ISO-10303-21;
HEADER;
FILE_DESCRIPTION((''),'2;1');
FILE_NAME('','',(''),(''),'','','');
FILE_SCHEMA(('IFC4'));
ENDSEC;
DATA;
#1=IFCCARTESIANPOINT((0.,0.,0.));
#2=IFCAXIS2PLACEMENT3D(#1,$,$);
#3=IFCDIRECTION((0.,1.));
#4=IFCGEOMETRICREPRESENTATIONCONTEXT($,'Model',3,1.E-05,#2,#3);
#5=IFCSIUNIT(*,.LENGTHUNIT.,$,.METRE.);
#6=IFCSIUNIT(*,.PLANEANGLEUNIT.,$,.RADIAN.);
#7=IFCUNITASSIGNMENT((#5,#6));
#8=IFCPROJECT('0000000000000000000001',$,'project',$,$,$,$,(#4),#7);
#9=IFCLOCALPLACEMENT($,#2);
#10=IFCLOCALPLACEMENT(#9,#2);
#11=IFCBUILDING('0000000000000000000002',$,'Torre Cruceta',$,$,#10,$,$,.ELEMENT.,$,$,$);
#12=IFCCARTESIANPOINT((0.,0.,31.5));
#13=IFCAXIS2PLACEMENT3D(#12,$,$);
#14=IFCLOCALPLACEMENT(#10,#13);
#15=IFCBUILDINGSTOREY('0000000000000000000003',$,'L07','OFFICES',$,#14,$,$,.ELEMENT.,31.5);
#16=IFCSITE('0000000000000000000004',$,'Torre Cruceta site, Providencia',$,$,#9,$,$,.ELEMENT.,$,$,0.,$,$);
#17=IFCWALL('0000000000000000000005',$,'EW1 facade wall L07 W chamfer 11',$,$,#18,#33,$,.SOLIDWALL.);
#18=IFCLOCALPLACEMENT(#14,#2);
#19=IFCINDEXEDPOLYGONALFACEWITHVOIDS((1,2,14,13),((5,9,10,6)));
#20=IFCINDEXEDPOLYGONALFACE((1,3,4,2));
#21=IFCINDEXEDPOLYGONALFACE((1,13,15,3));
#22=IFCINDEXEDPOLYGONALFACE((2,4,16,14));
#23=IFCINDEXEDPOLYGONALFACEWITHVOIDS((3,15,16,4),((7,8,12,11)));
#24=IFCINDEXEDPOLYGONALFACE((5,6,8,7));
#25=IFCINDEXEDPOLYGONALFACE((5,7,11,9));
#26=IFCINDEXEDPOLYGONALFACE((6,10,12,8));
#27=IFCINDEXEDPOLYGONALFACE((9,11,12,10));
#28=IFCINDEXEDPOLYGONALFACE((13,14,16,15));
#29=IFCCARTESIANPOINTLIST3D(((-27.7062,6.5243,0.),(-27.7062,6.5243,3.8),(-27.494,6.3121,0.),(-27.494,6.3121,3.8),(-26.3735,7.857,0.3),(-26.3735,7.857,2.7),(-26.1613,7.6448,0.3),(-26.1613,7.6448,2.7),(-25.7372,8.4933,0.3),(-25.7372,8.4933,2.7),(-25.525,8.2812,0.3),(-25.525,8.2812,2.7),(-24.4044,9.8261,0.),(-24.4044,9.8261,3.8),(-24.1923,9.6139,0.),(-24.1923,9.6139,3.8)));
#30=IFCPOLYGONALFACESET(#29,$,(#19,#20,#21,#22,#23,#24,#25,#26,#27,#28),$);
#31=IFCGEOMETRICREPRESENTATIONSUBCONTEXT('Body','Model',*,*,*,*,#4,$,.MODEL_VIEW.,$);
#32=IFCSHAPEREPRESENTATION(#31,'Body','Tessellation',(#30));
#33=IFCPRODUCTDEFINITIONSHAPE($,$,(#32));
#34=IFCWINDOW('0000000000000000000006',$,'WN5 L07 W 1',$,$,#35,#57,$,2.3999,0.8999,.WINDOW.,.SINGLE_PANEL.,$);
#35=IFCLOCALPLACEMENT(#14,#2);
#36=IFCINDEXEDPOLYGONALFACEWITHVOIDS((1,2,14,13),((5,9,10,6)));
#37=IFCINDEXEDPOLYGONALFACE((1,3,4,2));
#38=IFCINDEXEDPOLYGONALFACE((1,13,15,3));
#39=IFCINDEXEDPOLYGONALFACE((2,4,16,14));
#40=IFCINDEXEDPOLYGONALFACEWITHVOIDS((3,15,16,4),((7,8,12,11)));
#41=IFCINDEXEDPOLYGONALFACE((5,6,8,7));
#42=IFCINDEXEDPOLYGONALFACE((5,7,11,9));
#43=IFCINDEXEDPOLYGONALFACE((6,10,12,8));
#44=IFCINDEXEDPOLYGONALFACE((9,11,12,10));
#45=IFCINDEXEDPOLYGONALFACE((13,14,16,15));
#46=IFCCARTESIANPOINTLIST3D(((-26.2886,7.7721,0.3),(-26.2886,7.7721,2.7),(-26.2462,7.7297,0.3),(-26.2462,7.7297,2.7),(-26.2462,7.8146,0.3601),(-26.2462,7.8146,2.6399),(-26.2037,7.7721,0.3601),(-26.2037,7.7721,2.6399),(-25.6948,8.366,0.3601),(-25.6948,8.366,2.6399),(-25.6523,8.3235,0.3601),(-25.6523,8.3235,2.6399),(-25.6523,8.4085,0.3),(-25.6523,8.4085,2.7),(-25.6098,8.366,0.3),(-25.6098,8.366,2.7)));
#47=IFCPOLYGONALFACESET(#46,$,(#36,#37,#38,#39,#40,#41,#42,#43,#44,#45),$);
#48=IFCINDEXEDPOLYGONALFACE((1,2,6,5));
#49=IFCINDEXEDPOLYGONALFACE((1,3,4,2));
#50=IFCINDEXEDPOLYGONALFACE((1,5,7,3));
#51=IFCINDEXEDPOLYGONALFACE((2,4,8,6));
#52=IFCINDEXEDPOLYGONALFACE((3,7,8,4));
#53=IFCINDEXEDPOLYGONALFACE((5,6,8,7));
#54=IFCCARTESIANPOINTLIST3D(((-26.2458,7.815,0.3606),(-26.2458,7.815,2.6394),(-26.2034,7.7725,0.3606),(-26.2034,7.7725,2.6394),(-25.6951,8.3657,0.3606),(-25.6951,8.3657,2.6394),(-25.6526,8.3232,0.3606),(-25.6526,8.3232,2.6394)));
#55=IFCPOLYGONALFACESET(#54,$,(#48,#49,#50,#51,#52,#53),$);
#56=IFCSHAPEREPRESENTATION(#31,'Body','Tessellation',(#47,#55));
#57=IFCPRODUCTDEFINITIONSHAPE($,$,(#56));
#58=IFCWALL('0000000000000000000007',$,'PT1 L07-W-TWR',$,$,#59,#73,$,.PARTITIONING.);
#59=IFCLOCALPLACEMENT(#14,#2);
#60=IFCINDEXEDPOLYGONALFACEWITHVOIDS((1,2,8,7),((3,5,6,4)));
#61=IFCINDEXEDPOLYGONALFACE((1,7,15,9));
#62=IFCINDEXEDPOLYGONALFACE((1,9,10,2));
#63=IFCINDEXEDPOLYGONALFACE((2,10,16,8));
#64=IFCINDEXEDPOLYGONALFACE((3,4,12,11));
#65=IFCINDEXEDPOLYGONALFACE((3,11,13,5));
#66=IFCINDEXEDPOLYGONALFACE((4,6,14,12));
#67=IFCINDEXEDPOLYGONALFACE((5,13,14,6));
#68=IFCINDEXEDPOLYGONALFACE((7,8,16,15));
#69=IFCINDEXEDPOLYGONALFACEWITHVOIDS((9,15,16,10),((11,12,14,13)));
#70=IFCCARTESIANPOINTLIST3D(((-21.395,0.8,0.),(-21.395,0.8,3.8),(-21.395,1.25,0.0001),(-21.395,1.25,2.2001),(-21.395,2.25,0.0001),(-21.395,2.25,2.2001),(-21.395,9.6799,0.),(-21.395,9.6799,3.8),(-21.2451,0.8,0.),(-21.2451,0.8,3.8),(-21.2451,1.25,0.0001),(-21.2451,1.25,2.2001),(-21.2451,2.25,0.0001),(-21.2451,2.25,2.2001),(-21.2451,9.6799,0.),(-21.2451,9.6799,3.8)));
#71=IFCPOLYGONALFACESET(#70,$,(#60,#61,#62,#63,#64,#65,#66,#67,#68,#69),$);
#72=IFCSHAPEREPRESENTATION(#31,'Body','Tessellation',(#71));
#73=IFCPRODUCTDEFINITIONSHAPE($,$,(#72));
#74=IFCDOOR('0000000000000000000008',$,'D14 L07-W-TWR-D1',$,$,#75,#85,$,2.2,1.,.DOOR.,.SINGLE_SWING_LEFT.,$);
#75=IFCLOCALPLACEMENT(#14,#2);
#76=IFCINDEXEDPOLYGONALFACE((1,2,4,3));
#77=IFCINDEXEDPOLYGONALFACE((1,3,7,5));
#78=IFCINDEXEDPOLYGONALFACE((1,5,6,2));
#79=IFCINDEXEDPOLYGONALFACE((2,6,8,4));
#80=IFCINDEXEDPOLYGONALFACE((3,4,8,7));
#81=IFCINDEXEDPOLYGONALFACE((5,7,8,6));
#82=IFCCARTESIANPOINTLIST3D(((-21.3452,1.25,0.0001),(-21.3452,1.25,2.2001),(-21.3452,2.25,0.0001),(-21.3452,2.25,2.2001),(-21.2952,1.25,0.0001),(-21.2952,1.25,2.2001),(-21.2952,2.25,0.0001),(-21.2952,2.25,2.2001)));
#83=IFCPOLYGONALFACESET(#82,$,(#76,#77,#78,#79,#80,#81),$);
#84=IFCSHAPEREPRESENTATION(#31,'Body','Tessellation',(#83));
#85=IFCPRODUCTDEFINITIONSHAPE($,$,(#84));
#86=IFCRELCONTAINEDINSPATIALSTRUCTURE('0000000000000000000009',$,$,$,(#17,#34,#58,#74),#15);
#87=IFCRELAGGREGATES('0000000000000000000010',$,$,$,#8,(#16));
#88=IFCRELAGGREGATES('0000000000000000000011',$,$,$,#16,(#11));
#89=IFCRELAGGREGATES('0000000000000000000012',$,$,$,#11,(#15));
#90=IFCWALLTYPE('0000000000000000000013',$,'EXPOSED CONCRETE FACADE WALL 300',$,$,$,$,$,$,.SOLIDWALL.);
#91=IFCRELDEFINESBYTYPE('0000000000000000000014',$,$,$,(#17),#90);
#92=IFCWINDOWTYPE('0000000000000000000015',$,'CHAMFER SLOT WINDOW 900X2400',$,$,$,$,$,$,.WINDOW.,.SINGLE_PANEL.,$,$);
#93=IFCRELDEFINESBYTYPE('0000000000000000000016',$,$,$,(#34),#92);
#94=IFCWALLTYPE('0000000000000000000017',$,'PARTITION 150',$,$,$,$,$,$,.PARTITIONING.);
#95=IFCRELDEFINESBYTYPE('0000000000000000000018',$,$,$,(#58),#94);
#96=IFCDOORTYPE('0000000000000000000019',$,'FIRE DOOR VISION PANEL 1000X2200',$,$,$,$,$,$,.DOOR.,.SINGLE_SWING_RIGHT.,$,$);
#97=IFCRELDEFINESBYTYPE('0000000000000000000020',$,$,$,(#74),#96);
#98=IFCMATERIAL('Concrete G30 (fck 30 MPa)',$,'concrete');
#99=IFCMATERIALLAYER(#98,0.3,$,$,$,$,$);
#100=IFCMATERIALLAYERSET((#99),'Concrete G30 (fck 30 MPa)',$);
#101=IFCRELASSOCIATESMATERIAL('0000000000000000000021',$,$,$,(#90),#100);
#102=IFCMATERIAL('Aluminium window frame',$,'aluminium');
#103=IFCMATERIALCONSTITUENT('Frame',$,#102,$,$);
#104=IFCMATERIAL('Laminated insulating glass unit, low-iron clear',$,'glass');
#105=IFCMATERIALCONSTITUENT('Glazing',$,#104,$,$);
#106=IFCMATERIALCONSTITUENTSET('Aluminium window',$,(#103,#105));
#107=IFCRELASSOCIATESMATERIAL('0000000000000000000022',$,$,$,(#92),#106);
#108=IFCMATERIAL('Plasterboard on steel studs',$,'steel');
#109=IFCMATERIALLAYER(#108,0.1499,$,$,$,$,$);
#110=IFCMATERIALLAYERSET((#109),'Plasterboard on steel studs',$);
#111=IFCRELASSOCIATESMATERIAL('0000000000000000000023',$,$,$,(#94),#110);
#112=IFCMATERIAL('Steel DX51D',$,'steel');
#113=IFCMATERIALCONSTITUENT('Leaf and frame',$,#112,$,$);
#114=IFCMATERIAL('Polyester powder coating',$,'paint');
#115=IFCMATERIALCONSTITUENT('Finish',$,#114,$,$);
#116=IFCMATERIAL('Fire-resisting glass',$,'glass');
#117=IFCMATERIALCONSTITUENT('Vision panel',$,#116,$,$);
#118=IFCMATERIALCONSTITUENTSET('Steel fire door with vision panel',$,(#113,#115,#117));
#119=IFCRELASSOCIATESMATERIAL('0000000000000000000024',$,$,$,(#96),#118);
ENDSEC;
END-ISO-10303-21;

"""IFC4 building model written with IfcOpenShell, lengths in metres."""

from ifc_helpers import new_model, si_unit, direction, frame, frame_2d, origin, place, context, subcontext, project, spatial, rectangle, hollow_rectangle, extrude, material, layer, layer_set, constituent, constituent_set, type_object, element, fill, save


model = new_model("IFC4")

# Units and contexts
model_context = context("Model", 3, precision=1e-05, world=origin(), true_north=direction((0.0, 1.0)))
body_context = subcontext(model_context, "Body", "Model", "MODEL_VIEW")
ifc_project = project(units=[si_unit("LENGTHUNIT", "METRE"), si_unit("PLANEANGLEUNIT", "RADIAN")], contexts=[model_context])

# Site, building, storey
site_placement = place(None, origin())
site = spatial("IfcSite", under=ifc_project, at=site_placement, Name="Torre Cruceta site, Providencia", CompositionType="ELEMENT", RefElevation=0.0)
building_placement = place(site_placement, origin())
building = spatial("IfcBuilding", under=site, at=building_placement, Name="Torre Cruceta", CompositionType="ELEMENT")
storey_placement = place(building_placement, frame((0.0, 0.0, 31.5)))
storey = spatial("IfcBuildingStorey", under=building, at=storey_placement, Name="L07", Description="OFFICES", CompositionType="ELEMENT", Elevation=31.5)

# Wall, opening, window
ifc_material_1 = material(Name="Concrete G30 (fck 30 MPa)", Category="concrete")
ifc_layer_1 = layer(ifc_material_1, 0.3)
ifc_layer_set_1 = layer_set([ifc_layer_1], Name="Concrete G30 (fck 30 MPa)")
wall_type_1 = type_object("IfcWallType", Name="EXPOSED CONCRETE FACADE WALL 300", PredefinedType="SOLIDWALL", material=ifc_layer_set_1)
wall_1_placement = place(storey_placement, frame((-24.2983, 9.72, 0.0), z_axis=(0.0, 0.0, 1.0), x_axis=(-0.707107, -0.707107, 0.0)))
wall_1 = element("IfcWall", 1, at=wall_1_placement, inside=storey, type_object=wall_type_1, Name="EW1 facade wall L07 W chamfer 11", PredefinedType="SOLIDWALL", context=body_context, shape_type="SweptSolid", body=[
    extrude(rectangle(XDim=4.6694, YDim=0.3, at=frame_2d((2.3347, 0.0))), origin(), (0.0, 0.0, 1.0), 3.8),
])
opening_1_placement = place(wall_1_placement, frame((1.8848, 0.0, 0.3)))
opening_1 = element("IfcOpeningElement", 2, at=opening_1_placement, cuts=wall_1, PredefinedType="OPENING", context=body_context, shape_type="SweptSolid", body=[
    extrude(rectangle(XDim=0.8999, YDim=2.3999, at=frame_2d((0.45, 1.2))), frame((0.0, 0.1599, 0.0), z_axis=(0.0, -1.0, 0.0), x_axis=(1.0, 0.0, 0.0)), (0.0, 0.0, 1.0), 0.3201),
])
ifc_material_2 = material(Name="Aluminium window frame", Category="aluminium")
ifc_constituent_1 = constituent(ifc_material_2, Name="Frame")
ifc_material_3 = material(Name="Laminated insulating glass unit, low-iron clear", Category="glass")
ifc_constituent_2 = constituent(ifc_material_3, Name="Glazing")
ifc_constituent_set_1 = constituent_set(constituents=[ifc_constituent_1, ifc_constituent_2], Name="Aluminium window")
window_type = type_object("IfcWindowType", Name="CHAMFER SLOT WINDOW 900X2400", PartitioningType="SINGLE_PANEL", PredefinedType="WINDOW", material=ifc_constituent_set_1)
window_placement = place(opening_1_placement, origin())
window = element("IfcWindow", 3, at=window_placement, inside=storey, type_object=window_type, Name="WN5 L07 W 1", OverallHeight=2.3999, OverallWidth=0.8999, PartitioningType="SINGLE_PANEL", PredefinedType="WINDOW", context=body_context, shape_type="SweptSolid", body=[
    extrude(hollow_rectangle(XDim=0.8999, YDim=2.3999, WallThickness=0.0601, at=frame_2d((0.45, 1.2))), frame((0.0, 0.03, 0.0), z_axis=(0.0, -1.0, 0.0), x_axis=(1.0, 0.0, 0.0)), (0.0, 0.0, 1.0), 0.0601),
    extrude(rectangle(XDim=0.7788, YDim=2.2788, at=frame_2d((0.45, 1.2))), frame((0.0, 0.03, 0.0), z_axis=(0.0, -1.0, 0.0), x_axis=(1.0, 0.0, 0.0)), (0.0, 0.0, 1.0), 0.0601),
])
fill(opening_1, window)

# Wall, opening, door
ifc_material_4 = material(Name="Plasterboard on steel studs", Category="steel")
ifc_layer_2 = layer(ifc_material_4, 0.1499)
ifc_layer_set_2 = layer_set([ifc_layer_2], Name="Plasterboard on steel studs")
wall_type_2 = type_object("IfcWallType", Name="PARTITION 150", PredefinedType="PARTITIONING", material=ifc_layer_set_2)
wall_2_placement = place(storey_placement, frame((-21.3201, 9.6799, 0.0), z_axis=(0.0, 0.0, 1.0), x_axis=(0.0, -1.0, 0.0)))
wall_2 = element("IfcWall", 4, at=wall_2_placement, inside=storey, type_object=wall_type_2, Name="PT1 L07-W-TWR", PredefinedType="PARTITIONING", context=body_context, shape_type="SweptSolid", body=[
    extrude(rectangle(XDim=8.8799, YDim=0.1499, at=frame_2d((4.4399, 0.0))), origin(), (0.0, 0.0, 1.0), 3.8),
])
opening_2_placement = place(wall_2_placement, frame((7.4299, 0.0, 0.0)))
opening_2 = element("IfcOpeningElement", 5, at=opening_2_placement, cuts=wall_2, PredefinedType="OPENING", context=body_context, shape_type="SweptSolid", body=[
    extrude(rectangle(XDim=1.0, YDim=2.2, at=frame_2d((0.5, 1.1001))), frame((0.0, 0.085, 0.0), z_axis=(0.0, -1.0, 0.0), x_axis=(1.0, 0.0, 0.0)), (0.0, 0.0, 1.0), 0.1699),
])
ifc_material_5 = material(Name="Steel DX51D", Category="steel")
ifc_constituent_3 = constituent(ifc_material_5, Name="Leaf and frame")
ifc_material_6 = material(Name="Polyester powder coating", Category="paint")
ifc_constituent_4 = constituent(ifc_material_6, Name="Finish")
ifc_material_7 = material(Name="Fire-resisting glass", Category="glass")
ifc_constituent_5 = constituent(ifc_material_7, Name="Vision panel")
ifc_constituent_set_2 = constituent_set(constituents=[ifc_constituent_3, ifc_constituent_4, ifc_constituent_5], Name="Steel fire door with vision panel")
door_type = type_object("IfcDoorType", Name="FIRE DOOR VISION PANEL 1000X2200", OperationType="SINGLE_SWING_RIGHT", PredefinedType="DOOR", material=ifc_constituent_set_2)
door_placement = place(opening_2_placement, frame((1.0, 0.0, 0.0), z_axis=(0.0, 0.0, 1.0), x_axis=(-1.0, 0.0, 0.0)))
door = element("IfcDoor", 6, at=door_placement, inside=storey, type_object=door_type, Name="D14 L07-W-TWR-D1", OperationType="SINGLE_SWING_LEFT", OverallHeight=2.2, OverallWidth=1.0, PredefinedType="DOOR", context=body_context, shape_type="SweptSolid", body=[
    extrude(rectangle(XDim=1.0, YDim=2.2, at=frame_2d((0.5, 1.1001))), frame((0.0, 0.0251, 0.0), z_axis=(0.0, -1.0, 0.0), x_axis=(1.0, 0.0, 0.0)), (0.0, 0.0, 1.0), 0.05),
])
fill(opening_2, door)

save(model, "model.ifc")
